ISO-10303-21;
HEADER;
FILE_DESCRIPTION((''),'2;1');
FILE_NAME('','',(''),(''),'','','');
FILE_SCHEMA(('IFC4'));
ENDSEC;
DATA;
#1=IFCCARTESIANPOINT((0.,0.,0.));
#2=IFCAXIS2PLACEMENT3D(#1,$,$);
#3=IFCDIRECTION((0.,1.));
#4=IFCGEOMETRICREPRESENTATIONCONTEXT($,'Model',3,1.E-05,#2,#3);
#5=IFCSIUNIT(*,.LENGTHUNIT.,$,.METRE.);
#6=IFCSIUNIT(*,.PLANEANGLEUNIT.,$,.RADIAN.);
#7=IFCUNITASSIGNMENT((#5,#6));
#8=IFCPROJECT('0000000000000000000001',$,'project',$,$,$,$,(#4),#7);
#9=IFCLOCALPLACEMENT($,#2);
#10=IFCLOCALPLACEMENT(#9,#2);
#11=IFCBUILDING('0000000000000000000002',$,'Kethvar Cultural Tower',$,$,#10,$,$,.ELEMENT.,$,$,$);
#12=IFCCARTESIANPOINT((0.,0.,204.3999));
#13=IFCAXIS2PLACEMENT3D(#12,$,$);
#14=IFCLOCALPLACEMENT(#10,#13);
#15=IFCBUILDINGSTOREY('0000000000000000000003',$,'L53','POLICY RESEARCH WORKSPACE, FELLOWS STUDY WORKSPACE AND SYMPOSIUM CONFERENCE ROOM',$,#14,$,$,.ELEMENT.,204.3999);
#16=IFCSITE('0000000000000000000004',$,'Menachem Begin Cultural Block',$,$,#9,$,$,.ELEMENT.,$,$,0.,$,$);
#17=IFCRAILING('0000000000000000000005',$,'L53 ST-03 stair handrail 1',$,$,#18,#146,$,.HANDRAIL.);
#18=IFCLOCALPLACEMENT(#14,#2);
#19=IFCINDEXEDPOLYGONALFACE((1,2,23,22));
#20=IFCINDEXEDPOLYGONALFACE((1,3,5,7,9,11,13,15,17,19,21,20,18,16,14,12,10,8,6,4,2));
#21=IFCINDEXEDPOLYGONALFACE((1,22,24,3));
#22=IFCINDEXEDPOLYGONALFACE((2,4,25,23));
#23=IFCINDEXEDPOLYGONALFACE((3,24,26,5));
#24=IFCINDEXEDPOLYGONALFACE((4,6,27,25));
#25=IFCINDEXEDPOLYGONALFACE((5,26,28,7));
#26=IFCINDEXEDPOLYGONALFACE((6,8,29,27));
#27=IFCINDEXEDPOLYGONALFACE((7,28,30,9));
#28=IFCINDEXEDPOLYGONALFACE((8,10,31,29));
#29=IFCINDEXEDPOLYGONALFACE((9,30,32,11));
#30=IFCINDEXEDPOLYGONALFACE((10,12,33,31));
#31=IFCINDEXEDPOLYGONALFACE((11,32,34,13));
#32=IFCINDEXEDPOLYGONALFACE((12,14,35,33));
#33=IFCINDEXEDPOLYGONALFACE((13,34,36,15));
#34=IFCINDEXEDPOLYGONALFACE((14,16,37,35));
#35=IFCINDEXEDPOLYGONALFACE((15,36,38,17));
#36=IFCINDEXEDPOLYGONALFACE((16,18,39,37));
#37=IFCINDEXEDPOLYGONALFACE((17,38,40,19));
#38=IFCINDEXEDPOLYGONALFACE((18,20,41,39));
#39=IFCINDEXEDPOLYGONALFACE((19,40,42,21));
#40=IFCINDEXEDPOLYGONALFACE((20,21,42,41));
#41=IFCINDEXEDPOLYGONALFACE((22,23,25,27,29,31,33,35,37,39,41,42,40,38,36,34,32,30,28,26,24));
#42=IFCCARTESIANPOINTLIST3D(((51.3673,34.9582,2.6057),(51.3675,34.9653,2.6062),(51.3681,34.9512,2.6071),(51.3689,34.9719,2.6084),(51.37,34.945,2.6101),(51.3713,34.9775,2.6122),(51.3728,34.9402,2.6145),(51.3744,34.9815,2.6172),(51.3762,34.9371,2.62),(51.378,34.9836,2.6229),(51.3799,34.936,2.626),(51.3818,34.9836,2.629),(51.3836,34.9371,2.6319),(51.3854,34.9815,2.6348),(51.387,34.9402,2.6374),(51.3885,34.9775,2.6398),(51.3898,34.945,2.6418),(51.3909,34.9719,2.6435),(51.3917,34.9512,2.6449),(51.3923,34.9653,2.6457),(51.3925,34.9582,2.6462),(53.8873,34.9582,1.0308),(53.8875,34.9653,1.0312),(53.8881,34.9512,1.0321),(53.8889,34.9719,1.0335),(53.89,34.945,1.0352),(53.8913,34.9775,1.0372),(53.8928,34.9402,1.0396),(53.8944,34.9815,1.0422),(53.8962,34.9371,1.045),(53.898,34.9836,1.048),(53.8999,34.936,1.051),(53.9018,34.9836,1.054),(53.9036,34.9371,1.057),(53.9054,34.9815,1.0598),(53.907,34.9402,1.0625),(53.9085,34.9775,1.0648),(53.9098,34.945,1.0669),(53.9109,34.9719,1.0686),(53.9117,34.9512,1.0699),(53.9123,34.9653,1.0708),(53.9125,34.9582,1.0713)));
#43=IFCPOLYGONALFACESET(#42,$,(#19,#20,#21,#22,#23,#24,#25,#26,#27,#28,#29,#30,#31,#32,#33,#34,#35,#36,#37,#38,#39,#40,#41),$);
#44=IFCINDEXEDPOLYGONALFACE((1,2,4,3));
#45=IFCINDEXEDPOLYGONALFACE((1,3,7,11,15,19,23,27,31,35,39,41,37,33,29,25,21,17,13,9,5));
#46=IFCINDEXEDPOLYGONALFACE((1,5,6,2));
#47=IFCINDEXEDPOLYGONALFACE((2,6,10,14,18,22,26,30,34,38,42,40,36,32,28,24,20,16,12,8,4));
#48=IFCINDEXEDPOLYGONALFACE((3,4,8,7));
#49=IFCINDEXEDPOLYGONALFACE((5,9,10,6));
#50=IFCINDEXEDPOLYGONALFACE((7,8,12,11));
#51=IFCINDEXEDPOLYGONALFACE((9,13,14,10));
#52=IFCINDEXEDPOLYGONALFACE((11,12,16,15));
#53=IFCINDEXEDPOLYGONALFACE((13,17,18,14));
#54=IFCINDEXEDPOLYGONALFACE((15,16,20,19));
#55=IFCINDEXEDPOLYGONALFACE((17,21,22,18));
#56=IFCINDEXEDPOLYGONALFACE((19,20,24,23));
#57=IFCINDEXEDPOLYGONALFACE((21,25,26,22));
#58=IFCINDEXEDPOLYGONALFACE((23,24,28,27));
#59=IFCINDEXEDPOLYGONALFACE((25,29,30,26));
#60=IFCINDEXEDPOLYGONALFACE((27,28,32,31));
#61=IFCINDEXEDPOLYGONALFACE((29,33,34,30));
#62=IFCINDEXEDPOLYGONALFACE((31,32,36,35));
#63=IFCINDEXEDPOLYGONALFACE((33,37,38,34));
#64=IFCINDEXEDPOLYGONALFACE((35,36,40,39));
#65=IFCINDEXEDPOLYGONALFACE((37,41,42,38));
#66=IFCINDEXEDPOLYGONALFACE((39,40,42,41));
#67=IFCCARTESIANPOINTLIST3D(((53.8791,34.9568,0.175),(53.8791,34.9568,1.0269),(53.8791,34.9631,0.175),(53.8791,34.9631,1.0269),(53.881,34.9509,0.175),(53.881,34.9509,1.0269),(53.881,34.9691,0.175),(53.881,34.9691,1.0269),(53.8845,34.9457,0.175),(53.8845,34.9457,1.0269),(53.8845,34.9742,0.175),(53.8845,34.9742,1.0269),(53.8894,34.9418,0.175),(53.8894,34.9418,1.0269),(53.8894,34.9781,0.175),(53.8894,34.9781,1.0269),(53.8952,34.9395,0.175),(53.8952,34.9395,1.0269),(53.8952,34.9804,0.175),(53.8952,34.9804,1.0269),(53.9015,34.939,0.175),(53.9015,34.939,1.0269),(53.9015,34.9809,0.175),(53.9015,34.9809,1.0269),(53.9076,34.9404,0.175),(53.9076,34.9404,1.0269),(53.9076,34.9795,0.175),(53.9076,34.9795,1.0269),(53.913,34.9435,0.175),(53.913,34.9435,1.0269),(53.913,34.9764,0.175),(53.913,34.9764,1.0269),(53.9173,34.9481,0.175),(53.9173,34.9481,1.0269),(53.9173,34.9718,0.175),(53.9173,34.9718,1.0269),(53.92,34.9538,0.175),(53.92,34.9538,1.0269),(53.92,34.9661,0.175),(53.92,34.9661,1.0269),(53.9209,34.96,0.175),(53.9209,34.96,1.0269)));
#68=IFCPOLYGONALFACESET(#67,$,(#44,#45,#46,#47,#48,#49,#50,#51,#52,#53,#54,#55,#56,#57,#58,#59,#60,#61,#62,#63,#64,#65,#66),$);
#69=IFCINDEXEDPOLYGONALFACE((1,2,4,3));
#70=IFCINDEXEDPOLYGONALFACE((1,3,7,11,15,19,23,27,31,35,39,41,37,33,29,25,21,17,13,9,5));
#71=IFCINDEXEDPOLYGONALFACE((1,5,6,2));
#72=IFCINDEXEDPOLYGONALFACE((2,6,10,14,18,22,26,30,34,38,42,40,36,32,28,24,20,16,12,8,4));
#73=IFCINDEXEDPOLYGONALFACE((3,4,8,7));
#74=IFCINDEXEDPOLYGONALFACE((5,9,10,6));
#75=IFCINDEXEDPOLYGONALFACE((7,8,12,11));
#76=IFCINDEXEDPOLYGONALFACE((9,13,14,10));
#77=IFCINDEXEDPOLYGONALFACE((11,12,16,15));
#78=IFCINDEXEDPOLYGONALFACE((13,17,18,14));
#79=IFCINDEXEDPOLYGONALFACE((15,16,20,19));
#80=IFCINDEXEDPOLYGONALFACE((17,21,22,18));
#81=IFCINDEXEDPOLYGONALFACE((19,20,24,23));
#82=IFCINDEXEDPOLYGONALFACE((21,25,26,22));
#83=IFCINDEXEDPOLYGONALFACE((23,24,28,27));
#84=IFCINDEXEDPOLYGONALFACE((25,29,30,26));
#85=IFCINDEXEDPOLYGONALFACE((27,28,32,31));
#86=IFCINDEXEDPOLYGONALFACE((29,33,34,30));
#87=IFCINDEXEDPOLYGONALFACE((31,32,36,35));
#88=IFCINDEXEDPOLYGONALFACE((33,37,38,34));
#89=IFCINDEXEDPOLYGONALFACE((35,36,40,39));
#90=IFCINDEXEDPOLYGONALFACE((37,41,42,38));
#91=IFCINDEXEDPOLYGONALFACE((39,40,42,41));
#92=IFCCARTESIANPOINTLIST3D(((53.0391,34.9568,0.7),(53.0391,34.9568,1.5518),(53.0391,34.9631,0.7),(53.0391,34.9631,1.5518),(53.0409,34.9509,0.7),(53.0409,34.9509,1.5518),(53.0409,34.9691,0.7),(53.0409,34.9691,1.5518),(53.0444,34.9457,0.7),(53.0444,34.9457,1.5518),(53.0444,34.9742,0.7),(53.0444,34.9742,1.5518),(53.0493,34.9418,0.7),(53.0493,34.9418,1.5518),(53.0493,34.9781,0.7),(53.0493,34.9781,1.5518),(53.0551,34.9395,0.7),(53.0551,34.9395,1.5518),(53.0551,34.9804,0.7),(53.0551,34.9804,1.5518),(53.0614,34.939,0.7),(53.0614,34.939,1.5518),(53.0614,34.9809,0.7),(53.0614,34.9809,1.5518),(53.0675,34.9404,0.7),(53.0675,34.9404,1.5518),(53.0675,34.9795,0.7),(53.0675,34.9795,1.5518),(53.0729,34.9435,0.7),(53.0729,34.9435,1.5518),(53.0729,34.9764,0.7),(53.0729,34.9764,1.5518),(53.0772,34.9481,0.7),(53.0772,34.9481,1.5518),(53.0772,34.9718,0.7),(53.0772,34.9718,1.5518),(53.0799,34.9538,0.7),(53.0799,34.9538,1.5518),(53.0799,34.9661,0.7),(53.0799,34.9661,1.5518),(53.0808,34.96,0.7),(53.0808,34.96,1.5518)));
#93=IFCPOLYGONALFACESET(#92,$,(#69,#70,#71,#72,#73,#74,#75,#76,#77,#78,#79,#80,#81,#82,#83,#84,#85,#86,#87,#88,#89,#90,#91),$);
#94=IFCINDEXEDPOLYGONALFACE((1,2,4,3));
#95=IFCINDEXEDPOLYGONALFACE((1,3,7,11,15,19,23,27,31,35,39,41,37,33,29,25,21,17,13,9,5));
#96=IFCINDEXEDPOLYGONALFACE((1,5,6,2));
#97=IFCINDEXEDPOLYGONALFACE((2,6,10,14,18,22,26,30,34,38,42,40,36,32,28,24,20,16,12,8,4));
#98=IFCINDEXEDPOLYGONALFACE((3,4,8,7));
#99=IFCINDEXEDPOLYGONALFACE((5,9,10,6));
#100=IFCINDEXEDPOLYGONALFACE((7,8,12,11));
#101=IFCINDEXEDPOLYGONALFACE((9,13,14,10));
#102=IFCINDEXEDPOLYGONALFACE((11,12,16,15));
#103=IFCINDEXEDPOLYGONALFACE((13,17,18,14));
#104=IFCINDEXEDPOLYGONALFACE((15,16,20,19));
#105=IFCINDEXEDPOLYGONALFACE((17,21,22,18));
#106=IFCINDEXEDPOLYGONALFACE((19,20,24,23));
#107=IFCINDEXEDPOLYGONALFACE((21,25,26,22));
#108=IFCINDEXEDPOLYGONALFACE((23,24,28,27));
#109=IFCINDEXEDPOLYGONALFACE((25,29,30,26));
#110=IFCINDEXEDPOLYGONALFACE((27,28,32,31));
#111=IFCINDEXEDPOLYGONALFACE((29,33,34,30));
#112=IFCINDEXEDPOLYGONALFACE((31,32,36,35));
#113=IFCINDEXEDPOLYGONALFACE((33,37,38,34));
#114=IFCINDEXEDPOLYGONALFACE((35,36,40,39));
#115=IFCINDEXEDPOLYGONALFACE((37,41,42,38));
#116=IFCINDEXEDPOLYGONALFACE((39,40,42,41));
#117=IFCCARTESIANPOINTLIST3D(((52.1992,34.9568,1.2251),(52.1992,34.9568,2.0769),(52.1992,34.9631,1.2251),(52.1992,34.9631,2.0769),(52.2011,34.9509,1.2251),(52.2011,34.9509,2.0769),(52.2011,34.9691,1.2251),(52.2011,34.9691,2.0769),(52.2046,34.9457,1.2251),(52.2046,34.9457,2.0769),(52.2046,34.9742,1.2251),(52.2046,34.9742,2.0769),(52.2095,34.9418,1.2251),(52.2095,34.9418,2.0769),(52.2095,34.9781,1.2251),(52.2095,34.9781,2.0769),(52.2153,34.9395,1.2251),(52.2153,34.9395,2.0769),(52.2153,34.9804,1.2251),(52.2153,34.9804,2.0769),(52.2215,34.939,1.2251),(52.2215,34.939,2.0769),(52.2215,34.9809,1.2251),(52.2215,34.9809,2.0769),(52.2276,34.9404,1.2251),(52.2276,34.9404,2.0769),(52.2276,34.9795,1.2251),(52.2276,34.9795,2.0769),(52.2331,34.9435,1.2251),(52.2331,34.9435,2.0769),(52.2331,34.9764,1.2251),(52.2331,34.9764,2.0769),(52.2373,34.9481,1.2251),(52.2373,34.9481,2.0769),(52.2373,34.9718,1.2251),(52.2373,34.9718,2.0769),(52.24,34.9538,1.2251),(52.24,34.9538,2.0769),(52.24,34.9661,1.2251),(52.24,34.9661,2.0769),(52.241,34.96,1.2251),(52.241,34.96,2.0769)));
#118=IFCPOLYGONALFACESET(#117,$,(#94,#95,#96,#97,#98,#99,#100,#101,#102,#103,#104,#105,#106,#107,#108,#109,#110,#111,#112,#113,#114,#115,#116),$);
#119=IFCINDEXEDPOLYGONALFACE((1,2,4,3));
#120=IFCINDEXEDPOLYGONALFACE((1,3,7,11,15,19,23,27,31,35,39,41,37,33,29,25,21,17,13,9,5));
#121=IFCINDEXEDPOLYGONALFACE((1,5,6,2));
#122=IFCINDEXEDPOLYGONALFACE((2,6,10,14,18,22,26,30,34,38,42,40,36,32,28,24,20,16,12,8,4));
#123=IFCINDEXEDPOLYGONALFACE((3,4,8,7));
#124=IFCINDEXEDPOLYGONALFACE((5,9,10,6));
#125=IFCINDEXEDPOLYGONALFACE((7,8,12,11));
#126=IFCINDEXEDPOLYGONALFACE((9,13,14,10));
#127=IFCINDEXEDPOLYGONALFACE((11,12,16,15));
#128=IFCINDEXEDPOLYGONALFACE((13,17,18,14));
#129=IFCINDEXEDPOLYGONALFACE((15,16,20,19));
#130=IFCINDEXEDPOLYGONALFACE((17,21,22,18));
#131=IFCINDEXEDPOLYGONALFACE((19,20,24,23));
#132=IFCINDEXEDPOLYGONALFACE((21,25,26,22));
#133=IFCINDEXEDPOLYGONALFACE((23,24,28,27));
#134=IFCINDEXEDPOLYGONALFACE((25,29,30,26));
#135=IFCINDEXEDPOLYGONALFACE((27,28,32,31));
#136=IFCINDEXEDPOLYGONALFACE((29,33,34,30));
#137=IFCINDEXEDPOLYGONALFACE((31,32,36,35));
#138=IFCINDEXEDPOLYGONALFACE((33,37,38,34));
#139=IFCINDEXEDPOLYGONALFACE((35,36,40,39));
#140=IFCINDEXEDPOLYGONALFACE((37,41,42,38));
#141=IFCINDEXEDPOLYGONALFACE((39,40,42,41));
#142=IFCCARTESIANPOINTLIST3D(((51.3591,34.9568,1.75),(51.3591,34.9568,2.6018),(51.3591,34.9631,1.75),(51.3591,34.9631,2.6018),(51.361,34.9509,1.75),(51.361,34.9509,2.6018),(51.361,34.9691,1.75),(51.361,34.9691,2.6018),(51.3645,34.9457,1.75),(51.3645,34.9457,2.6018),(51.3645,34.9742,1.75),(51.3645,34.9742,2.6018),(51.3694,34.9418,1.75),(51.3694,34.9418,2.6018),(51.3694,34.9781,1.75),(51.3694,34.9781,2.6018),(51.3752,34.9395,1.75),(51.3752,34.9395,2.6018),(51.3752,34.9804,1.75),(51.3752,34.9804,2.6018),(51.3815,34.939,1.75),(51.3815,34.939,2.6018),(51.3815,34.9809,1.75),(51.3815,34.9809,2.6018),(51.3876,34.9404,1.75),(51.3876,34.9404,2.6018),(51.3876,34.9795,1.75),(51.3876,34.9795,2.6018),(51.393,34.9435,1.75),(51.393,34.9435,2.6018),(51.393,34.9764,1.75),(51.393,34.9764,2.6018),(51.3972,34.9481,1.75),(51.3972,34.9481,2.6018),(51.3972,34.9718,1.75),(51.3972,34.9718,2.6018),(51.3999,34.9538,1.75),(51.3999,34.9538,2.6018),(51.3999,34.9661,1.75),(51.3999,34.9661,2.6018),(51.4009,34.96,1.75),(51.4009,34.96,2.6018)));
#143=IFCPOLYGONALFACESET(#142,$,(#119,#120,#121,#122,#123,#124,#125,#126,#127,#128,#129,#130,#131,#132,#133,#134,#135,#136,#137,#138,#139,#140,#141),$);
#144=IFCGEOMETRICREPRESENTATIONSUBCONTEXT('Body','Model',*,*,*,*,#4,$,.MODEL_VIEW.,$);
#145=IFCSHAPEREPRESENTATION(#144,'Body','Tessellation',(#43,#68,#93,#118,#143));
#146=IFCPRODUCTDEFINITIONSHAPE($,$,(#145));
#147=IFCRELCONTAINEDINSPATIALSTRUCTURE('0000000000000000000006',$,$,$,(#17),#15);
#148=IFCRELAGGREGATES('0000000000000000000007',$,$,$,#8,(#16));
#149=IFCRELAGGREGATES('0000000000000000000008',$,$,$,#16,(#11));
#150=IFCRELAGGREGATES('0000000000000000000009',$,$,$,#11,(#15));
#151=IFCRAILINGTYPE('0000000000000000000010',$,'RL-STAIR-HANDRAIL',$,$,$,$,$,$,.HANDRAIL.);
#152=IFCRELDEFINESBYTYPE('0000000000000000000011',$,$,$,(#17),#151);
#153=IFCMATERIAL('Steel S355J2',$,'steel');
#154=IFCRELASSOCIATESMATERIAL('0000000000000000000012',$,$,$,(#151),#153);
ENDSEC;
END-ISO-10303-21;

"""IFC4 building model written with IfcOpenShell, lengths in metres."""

from ifc_helpers import new_model, si_unit, direction, frame, origin, origin_2d, place, context, subcontext, project, spatial, circle, extrude, material, type_object, element, save


model = new_model("IFC4")

# Units and contexts
model_context = context("Model", 3, precision=1e-05, world=origin(), true_north=direction((0.0, 1.0)))
body_context = subcontext(model_context, "Body", "Model", "MODEL_VIEW")
ifc_project = project(units=[si_unit("LENGTHUNIT", "METRE"), si_unit("PLANEANGLEUNIT", "RADIAN")], contexts=[model_context])

# Site, building, storey
site_placement = place(None, origin())
site = spatial("IfcSite", under=ifc_project, at=site_placement, Name="Menachem Begin Cultural Block", CompositionType="ELEMENT", RefElevation=0.0)
building_placement = place(site_placement, origin())
building = spatial("IfcBuilding", under=site, at=building_placement, Name="Kethvar Cultural Tower", CompositionType="ELEMENT")
storey_placement = place(building_placement, frame((0.0, 0.0, 204.3999)))
storey = spatial("IfcBuildingStorey", under=building, at=storey_placement, Name="L53", Description="POLICY RESEARCH WORKSPACE, FELLOWS STUDY WORKSPACE AND SYMPOSIUM CONFERENCE ROOM", CompositionType="ELEMENT", Elevation=204.3999)

# Shared definitions
ifc_material_1 = material(Name="Steel S355J2", Category="steel")

# Railing
railing_type_1 = type_object("IfcRailingType", Name="RL-STAIR-HANDRAIL", PredefinedType="HANDRAIL", material=ifc_material_1)
railing_1_placement = place(storey_placement, frame((53.8999, 34.96, 0.175)))
element("IfcRailing", 1, at=railing_1_placement, inside=storey, type_object=railing_type_1, Name="L53 ST-03 stair handrail 1", PredefinedType="HANDRAIL", context=body_context, shape_type="SweptSolid", body=[
    extrude(circle(Radius=0.0239, at=origin_2d()), frame((0.0, 0.0, 0.876), z_axis=(-0.848008, 0.0, 0.529984), x_axis=(0.0, -1.0, 0.0)), (0.0, 0.0, 1.0), 2.9717),
    extrude(circle(Radius=0.021, at=origin_2d()), origin(), (0.0, 0.0, 1.0), 0.8518),
    extrude(circle(Radius=0.021, at=origin_2d()), frame((-0.8401, 0.0, 0.5249)), (0.0, 0.0, 1.0), 0.8518),
    extrude(circle(Radius=0.021, at=origin_2d()), frame((-1.6799, 0.0, 1.05)), (0.0, 0.0, 1.0), 0.8518),
    extrude(circle(Radius=0.021, at=origin_2d()), frame((-2.52, 0.0, 1.575)), (0.0, 0.0, 1.0), 0.8518),
])

save(model, "model.ifc")
